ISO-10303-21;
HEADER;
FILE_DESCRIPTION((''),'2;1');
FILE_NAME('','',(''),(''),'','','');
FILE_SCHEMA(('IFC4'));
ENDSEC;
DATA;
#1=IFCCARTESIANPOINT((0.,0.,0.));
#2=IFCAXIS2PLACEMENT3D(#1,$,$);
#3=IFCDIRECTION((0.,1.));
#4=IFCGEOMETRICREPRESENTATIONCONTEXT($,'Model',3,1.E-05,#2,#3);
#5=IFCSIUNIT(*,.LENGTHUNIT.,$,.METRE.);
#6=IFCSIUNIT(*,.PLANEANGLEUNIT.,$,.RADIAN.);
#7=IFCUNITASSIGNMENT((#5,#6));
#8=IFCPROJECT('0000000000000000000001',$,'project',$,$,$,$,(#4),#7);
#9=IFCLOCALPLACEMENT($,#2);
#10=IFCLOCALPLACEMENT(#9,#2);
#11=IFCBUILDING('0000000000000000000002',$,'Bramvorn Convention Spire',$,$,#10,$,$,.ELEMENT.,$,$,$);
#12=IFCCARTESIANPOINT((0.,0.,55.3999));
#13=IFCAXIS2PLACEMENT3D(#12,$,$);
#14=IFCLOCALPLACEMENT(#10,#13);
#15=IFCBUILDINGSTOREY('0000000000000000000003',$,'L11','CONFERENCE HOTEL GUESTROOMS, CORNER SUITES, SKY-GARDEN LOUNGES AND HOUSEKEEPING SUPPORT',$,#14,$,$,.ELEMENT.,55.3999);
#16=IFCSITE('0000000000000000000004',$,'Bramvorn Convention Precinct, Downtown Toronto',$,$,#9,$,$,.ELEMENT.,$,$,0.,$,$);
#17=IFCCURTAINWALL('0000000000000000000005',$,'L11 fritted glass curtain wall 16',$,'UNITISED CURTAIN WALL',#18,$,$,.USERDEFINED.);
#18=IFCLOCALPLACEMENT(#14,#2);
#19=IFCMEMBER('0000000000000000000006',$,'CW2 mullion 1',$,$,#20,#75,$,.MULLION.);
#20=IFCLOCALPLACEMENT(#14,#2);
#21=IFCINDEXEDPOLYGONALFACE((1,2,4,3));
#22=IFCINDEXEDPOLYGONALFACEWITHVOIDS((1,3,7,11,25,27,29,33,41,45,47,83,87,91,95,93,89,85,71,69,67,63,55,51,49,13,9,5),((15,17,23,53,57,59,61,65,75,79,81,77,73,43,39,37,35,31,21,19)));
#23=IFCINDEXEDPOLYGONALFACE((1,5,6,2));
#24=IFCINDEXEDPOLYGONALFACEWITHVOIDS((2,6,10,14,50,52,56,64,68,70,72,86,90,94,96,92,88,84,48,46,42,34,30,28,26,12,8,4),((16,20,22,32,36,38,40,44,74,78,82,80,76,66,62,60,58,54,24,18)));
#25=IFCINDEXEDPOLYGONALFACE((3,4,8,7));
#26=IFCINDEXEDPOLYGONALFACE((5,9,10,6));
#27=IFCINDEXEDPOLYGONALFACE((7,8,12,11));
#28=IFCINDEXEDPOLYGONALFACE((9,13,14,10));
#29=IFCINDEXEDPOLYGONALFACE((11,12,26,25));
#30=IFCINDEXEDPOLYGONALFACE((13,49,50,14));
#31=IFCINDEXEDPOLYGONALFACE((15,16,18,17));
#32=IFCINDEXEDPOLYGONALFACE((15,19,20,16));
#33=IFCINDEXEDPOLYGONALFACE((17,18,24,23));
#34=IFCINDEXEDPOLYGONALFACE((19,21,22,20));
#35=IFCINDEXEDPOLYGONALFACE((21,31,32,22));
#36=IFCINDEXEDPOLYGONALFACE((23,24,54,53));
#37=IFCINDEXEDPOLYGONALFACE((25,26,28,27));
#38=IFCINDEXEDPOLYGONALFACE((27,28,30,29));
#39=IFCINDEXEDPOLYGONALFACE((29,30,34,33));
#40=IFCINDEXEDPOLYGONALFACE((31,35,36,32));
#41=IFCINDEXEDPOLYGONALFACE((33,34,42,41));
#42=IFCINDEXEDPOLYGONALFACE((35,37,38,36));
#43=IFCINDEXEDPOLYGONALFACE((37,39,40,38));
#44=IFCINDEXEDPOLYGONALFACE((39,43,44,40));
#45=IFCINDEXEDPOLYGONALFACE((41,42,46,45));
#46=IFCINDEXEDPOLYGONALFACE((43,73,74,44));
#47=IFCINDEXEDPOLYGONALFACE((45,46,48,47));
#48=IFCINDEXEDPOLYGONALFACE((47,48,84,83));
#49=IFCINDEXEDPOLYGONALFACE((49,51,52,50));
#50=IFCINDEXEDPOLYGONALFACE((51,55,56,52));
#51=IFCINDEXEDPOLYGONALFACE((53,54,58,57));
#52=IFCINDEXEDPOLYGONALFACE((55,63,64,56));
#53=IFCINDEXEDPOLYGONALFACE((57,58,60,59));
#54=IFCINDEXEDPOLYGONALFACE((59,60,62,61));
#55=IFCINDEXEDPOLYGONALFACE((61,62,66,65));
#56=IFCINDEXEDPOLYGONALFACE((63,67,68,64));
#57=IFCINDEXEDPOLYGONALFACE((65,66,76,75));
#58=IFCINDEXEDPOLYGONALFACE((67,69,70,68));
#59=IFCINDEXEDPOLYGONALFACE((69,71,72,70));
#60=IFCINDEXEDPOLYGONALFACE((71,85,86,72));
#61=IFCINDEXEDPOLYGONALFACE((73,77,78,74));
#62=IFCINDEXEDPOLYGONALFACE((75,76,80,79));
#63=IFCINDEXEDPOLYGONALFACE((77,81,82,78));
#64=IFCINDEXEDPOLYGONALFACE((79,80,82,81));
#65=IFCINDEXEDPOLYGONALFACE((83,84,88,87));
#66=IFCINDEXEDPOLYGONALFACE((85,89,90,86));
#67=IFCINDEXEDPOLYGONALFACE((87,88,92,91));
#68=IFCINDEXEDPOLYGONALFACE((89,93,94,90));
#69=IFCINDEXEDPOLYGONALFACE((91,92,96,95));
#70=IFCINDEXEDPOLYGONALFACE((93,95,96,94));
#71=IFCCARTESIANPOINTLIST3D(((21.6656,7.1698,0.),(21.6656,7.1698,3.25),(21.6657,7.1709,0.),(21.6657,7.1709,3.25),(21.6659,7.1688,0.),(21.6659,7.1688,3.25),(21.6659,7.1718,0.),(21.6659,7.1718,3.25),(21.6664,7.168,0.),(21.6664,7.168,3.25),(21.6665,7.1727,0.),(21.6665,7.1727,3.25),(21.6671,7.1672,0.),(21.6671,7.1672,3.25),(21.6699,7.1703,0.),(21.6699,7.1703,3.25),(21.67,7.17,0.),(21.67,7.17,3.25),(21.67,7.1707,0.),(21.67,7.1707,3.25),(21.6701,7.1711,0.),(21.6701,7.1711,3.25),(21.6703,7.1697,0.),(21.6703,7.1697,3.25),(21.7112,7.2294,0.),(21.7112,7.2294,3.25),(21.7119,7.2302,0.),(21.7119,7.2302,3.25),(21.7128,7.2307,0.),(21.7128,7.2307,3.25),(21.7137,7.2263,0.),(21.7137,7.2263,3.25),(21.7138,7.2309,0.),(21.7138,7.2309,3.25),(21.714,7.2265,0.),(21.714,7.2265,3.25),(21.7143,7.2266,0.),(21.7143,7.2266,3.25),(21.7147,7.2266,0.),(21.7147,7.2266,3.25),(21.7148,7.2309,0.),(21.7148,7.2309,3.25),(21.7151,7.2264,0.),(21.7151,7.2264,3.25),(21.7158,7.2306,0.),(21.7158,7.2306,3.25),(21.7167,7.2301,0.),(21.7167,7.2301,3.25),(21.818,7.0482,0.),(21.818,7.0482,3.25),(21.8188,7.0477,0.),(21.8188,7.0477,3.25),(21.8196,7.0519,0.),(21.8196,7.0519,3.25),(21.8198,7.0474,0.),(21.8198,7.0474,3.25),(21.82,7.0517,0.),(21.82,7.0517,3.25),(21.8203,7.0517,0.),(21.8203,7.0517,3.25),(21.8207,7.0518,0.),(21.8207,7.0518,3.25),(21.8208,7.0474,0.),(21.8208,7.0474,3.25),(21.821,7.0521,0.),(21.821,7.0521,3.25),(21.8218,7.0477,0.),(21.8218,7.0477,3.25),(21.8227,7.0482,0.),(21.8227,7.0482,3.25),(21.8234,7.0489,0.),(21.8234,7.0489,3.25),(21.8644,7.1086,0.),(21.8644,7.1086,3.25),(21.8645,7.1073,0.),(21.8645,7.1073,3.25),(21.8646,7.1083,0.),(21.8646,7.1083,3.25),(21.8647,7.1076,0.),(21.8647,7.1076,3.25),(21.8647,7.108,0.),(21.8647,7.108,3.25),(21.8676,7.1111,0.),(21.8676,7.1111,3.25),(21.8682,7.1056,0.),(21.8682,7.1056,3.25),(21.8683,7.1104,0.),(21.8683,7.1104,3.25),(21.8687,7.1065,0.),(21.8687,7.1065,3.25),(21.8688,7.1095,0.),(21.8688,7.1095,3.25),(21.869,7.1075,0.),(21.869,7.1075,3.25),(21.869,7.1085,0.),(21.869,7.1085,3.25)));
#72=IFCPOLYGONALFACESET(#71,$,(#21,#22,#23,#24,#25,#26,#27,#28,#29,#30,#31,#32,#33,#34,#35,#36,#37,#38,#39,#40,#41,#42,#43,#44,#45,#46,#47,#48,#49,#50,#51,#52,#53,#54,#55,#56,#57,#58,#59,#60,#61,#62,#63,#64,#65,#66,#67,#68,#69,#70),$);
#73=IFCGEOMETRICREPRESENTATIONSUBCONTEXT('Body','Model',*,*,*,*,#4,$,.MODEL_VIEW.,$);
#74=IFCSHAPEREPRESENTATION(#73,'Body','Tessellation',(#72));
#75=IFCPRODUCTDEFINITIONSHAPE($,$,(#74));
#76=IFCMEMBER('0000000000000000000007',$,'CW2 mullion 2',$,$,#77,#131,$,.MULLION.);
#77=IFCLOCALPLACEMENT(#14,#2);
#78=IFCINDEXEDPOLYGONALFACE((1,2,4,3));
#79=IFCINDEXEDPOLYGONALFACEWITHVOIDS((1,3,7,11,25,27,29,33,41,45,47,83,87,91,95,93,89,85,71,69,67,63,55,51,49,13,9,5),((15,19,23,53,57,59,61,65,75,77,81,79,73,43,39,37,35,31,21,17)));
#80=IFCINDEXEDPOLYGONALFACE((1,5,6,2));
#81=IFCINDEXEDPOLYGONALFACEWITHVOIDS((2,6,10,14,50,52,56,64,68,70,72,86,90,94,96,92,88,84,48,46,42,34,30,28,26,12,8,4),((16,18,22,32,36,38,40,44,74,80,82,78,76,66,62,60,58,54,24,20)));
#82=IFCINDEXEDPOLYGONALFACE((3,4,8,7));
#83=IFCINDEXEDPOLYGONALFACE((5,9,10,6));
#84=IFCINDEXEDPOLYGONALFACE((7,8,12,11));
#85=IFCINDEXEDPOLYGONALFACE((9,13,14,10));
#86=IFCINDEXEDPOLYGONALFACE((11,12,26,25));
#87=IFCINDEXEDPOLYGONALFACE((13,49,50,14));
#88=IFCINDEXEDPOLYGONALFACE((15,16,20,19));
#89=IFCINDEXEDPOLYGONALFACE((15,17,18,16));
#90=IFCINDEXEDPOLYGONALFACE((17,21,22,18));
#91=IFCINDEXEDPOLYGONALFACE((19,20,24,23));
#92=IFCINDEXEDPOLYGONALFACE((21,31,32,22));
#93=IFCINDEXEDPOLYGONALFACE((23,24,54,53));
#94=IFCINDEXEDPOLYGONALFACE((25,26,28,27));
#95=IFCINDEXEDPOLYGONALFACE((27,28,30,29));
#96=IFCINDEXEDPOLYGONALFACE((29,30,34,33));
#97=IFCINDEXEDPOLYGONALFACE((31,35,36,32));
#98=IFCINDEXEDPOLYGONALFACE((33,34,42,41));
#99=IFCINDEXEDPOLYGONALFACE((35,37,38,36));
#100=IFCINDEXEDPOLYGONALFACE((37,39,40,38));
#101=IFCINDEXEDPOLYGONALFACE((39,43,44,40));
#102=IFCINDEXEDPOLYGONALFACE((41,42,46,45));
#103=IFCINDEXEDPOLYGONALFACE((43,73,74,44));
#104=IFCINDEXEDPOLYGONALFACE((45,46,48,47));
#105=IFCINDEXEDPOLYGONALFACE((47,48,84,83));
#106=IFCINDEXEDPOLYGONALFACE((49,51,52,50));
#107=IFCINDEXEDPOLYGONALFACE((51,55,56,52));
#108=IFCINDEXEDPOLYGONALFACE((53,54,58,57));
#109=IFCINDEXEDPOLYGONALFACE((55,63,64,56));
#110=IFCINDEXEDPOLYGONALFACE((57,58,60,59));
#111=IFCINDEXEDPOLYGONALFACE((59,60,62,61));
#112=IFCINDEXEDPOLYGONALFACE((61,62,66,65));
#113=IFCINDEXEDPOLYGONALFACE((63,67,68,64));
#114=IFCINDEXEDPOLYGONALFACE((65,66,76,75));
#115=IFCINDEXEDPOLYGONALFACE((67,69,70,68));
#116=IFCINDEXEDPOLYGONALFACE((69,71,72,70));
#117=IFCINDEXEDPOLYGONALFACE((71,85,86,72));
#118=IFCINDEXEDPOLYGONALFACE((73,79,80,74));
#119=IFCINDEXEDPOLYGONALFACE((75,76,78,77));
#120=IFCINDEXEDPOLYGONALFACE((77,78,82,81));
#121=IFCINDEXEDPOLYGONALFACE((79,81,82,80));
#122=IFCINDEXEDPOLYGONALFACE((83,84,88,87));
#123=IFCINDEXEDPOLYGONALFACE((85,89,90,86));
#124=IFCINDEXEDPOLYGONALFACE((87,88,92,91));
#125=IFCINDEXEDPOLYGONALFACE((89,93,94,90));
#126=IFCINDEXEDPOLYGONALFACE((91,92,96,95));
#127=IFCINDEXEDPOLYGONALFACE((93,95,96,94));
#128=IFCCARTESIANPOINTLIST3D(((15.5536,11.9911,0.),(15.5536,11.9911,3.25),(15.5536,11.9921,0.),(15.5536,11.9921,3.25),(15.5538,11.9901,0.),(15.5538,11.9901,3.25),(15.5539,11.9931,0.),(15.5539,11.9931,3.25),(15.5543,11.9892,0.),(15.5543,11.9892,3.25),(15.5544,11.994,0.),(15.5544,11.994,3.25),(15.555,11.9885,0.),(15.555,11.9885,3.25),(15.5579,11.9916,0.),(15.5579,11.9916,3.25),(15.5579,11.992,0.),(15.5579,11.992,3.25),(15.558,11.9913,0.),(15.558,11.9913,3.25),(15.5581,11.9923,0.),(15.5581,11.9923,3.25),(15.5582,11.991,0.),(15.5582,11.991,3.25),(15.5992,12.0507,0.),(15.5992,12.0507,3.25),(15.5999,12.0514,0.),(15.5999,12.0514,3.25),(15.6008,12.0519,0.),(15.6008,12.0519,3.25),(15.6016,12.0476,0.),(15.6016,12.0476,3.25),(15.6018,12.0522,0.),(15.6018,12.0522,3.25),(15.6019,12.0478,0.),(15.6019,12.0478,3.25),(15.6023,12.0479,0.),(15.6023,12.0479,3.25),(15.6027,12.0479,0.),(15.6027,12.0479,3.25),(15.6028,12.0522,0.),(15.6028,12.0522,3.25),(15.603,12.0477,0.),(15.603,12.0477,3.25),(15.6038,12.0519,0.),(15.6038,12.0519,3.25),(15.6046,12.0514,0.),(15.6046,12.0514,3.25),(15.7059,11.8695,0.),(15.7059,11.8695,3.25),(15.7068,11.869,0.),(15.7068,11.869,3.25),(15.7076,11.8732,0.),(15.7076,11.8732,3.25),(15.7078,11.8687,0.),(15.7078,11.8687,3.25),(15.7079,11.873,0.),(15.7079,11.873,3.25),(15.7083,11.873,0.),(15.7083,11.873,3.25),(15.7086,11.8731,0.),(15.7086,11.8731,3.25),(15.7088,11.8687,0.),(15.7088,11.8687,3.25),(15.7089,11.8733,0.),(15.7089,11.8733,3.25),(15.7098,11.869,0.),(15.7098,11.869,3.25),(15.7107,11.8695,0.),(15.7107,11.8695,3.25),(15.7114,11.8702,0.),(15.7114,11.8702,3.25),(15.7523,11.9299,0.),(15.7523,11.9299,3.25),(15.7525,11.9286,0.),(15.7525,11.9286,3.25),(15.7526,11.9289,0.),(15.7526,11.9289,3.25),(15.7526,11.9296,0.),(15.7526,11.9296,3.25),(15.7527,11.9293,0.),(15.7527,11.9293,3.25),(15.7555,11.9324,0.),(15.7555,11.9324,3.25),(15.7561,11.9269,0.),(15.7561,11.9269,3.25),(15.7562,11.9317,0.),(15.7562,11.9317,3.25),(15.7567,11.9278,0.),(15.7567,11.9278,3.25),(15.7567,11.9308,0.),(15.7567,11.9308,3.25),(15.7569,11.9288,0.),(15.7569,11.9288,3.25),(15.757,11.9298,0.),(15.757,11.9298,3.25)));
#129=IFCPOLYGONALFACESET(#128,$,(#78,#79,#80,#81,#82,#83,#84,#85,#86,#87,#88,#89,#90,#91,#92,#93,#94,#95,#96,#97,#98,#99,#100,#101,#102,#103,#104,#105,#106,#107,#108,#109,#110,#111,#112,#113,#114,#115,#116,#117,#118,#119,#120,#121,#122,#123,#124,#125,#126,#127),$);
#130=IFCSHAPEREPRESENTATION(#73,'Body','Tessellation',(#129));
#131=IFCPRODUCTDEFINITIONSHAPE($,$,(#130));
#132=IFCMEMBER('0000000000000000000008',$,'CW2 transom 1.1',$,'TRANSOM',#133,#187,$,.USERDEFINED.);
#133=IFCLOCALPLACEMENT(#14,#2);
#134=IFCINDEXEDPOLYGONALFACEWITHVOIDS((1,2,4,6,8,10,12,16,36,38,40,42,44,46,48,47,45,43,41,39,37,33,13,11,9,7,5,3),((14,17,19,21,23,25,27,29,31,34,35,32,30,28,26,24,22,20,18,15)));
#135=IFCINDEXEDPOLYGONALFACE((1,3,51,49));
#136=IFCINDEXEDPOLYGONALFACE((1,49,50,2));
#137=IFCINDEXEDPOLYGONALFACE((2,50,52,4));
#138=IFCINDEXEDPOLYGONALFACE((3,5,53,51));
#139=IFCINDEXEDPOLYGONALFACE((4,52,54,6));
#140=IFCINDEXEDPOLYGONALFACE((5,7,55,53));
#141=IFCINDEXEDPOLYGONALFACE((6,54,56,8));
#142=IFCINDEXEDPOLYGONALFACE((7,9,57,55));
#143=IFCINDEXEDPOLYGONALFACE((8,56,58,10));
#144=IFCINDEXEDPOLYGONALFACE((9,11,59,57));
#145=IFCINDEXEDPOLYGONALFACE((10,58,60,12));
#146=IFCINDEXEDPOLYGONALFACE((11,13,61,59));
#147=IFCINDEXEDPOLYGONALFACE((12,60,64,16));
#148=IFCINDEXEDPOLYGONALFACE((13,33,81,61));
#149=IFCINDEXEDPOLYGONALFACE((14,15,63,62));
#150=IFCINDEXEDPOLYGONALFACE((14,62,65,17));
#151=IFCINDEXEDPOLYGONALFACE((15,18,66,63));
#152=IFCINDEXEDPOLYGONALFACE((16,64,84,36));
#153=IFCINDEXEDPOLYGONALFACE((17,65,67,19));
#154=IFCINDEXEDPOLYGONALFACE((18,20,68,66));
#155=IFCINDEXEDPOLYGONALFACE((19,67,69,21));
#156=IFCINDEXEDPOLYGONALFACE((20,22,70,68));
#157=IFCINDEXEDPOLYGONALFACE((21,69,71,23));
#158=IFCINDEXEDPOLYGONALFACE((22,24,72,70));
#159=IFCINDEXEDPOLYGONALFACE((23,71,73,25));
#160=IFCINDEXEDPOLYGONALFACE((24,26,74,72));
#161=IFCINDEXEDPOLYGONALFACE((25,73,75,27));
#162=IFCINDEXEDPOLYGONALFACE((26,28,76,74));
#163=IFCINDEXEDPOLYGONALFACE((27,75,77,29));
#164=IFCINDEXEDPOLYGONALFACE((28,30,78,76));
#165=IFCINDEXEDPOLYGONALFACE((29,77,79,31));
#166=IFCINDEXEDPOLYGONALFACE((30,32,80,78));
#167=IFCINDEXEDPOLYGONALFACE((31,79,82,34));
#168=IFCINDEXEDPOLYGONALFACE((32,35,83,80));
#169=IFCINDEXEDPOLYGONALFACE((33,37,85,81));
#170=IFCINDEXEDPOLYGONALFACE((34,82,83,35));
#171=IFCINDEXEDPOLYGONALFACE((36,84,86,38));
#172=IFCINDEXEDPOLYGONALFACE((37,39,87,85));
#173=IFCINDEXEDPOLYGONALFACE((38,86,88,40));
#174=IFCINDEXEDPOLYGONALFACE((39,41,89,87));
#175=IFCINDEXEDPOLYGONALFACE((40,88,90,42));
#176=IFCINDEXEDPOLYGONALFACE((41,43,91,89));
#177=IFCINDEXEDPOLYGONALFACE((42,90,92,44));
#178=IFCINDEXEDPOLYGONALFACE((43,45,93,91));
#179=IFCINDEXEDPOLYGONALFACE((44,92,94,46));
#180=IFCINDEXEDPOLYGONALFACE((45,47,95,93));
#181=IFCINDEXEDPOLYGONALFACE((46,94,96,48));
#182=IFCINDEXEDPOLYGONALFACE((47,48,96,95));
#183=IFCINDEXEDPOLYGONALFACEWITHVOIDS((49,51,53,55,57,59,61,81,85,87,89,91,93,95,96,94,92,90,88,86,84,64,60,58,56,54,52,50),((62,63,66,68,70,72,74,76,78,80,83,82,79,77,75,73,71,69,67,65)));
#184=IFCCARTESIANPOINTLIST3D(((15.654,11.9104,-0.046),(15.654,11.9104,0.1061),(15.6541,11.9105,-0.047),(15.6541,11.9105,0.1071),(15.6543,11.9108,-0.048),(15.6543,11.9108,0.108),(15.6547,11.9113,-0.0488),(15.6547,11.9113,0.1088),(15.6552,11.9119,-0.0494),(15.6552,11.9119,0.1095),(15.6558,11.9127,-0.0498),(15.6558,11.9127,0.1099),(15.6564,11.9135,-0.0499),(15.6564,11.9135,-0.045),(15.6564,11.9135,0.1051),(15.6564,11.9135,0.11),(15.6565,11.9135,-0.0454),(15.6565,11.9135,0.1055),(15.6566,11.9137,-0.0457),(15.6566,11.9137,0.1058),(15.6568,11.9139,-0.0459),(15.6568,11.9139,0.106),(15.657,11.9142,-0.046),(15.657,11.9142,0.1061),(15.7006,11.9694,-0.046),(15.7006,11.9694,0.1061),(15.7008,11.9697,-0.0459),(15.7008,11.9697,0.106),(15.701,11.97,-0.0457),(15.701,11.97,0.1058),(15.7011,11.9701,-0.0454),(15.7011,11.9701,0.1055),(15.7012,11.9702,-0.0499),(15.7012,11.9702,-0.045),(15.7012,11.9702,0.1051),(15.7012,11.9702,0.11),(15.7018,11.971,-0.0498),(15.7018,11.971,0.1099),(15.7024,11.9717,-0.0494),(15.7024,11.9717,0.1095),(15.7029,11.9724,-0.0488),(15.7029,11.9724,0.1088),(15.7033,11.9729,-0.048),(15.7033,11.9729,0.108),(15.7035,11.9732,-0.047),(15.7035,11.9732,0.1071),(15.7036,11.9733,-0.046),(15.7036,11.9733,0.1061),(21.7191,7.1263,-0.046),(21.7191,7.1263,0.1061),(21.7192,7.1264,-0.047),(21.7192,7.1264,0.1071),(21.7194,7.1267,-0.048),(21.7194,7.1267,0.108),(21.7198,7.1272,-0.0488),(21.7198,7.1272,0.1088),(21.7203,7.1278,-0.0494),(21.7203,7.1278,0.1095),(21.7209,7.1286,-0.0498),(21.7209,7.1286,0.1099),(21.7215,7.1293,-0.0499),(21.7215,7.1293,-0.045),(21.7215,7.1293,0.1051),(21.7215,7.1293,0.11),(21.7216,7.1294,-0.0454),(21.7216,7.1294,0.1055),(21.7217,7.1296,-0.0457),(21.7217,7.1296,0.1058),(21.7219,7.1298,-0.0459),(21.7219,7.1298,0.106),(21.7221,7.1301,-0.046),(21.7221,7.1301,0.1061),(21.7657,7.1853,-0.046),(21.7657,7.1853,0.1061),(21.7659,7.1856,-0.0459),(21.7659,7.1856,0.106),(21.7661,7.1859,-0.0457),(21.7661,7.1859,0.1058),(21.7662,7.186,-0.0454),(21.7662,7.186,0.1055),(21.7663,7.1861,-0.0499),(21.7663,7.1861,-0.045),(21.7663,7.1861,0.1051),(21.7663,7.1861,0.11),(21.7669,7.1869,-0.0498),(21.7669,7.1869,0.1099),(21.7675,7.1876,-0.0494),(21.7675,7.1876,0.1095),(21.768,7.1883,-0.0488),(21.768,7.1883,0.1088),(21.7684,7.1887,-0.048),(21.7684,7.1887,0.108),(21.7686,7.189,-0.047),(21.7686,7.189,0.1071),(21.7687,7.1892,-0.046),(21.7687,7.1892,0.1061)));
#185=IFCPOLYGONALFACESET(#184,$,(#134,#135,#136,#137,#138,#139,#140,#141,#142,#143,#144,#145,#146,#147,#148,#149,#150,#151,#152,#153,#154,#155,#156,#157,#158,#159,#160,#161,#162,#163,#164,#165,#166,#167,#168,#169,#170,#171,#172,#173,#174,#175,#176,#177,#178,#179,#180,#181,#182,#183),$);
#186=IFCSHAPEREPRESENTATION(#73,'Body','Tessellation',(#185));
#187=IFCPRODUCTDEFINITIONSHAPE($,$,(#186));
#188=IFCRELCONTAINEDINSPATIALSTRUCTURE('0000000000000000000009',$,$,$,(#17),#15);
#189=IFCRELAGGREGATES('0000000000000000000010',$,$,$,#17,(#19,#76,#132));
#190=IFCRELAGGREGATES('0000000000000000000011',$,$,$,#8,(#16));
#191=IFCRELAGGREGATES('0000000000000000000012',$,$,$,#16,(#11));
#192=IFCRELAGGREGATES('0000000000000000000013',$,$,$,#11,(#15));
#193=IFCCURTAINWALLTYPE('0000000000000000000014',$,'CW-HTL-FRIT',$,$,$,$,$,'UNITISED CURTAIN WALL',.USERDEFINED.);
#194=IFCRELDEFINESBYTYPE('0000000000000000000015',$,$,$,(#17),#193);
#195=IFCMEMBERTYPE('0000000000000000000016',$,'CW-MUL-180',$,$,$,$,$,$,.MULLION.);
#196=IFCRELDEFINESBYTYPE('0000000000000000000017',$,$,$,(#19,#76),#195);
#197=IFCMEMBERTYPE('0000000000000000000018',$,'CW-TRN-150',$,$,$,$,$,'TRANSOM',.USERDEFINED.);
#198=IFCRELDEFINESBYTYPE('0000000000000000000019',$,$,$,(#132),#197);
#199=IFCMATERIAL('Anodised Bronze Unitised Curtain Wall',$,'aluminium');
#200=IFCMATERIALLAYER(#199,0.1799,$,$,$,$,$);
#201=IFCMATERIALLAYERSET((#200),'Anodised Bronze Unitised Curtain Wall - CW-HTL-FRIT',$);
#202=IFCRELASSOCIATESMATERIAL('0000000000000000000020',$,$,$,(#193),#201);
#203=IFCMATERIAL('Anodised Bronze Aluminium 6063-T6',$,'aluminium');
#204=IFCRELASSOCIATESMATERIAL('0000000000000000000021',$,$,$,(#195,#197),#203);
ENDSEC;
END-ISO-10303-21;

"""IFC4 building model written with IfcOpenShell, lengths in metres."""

from ifc_helpers import new_model, si_unit, direction, frame, origin, origin_2d, place, context, subcontext, project, spatial, hollow_rectangle, extrude, material, layer, layer_set, material_profile, profile_set, type_object, element, aggregate, save


model = new_model("IFC4")

# Units and contexts
model_context = context("Model", 3, precision=1e-05, world=origin(), true_north=direction((0.0, 1.0)))
body_context = subcontext(model_context, "Body", "Model", "MODEL_VIEW")
ifc_project = project(units=[si_unit("LENGTHUNIT", "METRE"), si_unit("PLANEANGLEUNIT", "RADIAN")], contexts=[model_context])

# Site, building, storey
site_placement = place(None, origin())
site = spatial("IfcSite", under=ifc_project, at=site_placement, Name="Bramvorn Convention Precinct, Downtown Toronto", CompositionType="ELEMENT", RefElevation=0.0)
building_placement = place(site_placement, origin())
building = spatial("IfcBuilding", under=site, at=building_placement, Name="Bramvorn Convention Spire", CompositionType="ELEMENT")
storey_placement = place(building_placement, frame((0.0, 0.0, 55.3999)))
storey = spatial("IfcBuildingStorey", under=building, at=storey_placement, Name="L11", Description="CONFERENCE HOTEL GUESTROOMS, CORNER SUITES, SKY-GARDEN LOUNGES AND HOUSEKEEPING SUPPORT", CompositionType="ELEMENT", Elevation=55.3999)

# Curtain wall, members
ifc_material_1 = material(Name="Anodised Bronze Unitised Curtain Wall", Category="aluminium")
ifc_layer_1 = layer(ifc_material_1, 0.1799)
ifc_layer_set_1 = layer_set([ifc_layer_1], Name="Anodised Bronze Unitised Curtain Wall - CW-HTL-FRIT")
curtain_wall_type = type_object("IfcCurtainWallType", Name="CW-HTL-FRIT", ElementType="UNITISED CURTAIN WALL", PredefinedType="USERDEFINED", material=ifc_layer_set_1)
curtain_wall_placement = place(storey_placement, origin())
curtain_wall = element("IfcCurtainWall", 1, at=curtain_wall_placement, inside=storey, type_object=curtain_wall_type, Name="L11 fritted glass curtain wall 16", ObjectType="UNITISED CURTAIN WALL", PredefinedType="USERDEFINED")
ifc_material_2 = material(Name="Anodised Bronze Aluminium 6063-T6", Category="aluminium")
ifc_material_profile_1 = material_profile(ifc_material_2, hollow_rectangle(XDim=0.0801, YDim=0.2, WallThickness=0.0039, InnerFilletRadius=0.001, OuterFilletRadius=0.0039, at=origin_2d()))
ifc_profile_set_1 = profile_set([ifc_material_profile_1], Name="Anodised Bronze Aluminium 6063-T6 - CWM80X200")
member_type_1 = type_object("IfcMemberType", Name="CW-MUL-180", PredefinedType="MULLION", material=ifc_profile_set_1)
member_1_placement = place(storey_placement, frame((21.7673, 7.1392, 0.0), z_axis=(0.0, 0.0, 1.0), x_axis=(-0.61933, -0.785131, 0.0)))
member_1 = element("IfcMember", 2, at=member_1_placement, type_object=member_type_1, Name="CW2 mullion 1", PredefinedType="MULLION", context=body_context, shape_type="SweptSolid", body=[
    extrude(hollow_rectangle(XDim=0.0801, YDim=0.2, WallThickness=0.0039, InnerFilletRadius=0.001, OuterFilletRadius=0.0039, at=origin_2d()), origin(), (0.0, 0.0, 1.0), 3.25),
])
member_2_placement = place(storey_placement, frame((15.6553, 11.9604, 0.0), z_axis=(0.0, 0.0, 1.0), x_axis=(-0.61933, -0.785131, 0.0)))
member_2 = element("IfcMember", 3, at=member_2_placement, type_object=member_type_1, Name="CW2 mullion 2", PredefinedType="MULLION", context=body_context, shape_type="SweptSolid", body=[
    extrude(hollow_rectangle(XDim=0.0801, YDim=0.2, WallThickness=0.0039, InnerFilletRadius=0.001, OuterFilletRadius=0.0039, at=origin_2d()), origin(), (0.0, 0.0, 1.0), 3.25),
])
ifc_material_profile_2 = material_profile(ifc_material_2, hollow_rectangle(XDim=0.0801, YDim=0.1599, WallThickness=0.0039, InnerFilletRadius=0.001, OuterFilletRadius=0.0039, at=origin_2d()))
ifc_profile_set_2 = profile_set([ifc_material_profile_2], Name="Anodised Bronze Aluminium 6063-T6 - CWT80X160")
member_type_2 = type_object("IfcMemberType", Name="CW-TRN-150", ElementType="TRANSOM", PredefinedType="USERDEFINED", material=ifc_profile_set_2)
member_3_placement = place(storey_placement, frame((21.7439, 7.1577, 0.03), z_axis=(-0.785142, 0.619315, 0.0), x_axis=(-0.619315, -0.785142, 0.0)))
member_3 = element("IfcMember", 4, at=member_3_placement, type_object=member_type_2, Name="CW2 transom 1.1", ObjectType="TRANSOM", PredefinedType="USERDEFINED", context=body_context, shape_type="SweptSolid", body=[
    extrude(hollow_rectangle(XDim=0.0801, YDim=0.1599, WallThickness=0.0039, InnerFilletRadius=0.001, OuterFilletRadius=0.0039, at=origin_2d()), origin(), (0.0, 0.0, 1.0), 7.7249),
])

aggregate(curtain_wall, [member_1, member_2, member_3])

save(model, "model.ifc")
